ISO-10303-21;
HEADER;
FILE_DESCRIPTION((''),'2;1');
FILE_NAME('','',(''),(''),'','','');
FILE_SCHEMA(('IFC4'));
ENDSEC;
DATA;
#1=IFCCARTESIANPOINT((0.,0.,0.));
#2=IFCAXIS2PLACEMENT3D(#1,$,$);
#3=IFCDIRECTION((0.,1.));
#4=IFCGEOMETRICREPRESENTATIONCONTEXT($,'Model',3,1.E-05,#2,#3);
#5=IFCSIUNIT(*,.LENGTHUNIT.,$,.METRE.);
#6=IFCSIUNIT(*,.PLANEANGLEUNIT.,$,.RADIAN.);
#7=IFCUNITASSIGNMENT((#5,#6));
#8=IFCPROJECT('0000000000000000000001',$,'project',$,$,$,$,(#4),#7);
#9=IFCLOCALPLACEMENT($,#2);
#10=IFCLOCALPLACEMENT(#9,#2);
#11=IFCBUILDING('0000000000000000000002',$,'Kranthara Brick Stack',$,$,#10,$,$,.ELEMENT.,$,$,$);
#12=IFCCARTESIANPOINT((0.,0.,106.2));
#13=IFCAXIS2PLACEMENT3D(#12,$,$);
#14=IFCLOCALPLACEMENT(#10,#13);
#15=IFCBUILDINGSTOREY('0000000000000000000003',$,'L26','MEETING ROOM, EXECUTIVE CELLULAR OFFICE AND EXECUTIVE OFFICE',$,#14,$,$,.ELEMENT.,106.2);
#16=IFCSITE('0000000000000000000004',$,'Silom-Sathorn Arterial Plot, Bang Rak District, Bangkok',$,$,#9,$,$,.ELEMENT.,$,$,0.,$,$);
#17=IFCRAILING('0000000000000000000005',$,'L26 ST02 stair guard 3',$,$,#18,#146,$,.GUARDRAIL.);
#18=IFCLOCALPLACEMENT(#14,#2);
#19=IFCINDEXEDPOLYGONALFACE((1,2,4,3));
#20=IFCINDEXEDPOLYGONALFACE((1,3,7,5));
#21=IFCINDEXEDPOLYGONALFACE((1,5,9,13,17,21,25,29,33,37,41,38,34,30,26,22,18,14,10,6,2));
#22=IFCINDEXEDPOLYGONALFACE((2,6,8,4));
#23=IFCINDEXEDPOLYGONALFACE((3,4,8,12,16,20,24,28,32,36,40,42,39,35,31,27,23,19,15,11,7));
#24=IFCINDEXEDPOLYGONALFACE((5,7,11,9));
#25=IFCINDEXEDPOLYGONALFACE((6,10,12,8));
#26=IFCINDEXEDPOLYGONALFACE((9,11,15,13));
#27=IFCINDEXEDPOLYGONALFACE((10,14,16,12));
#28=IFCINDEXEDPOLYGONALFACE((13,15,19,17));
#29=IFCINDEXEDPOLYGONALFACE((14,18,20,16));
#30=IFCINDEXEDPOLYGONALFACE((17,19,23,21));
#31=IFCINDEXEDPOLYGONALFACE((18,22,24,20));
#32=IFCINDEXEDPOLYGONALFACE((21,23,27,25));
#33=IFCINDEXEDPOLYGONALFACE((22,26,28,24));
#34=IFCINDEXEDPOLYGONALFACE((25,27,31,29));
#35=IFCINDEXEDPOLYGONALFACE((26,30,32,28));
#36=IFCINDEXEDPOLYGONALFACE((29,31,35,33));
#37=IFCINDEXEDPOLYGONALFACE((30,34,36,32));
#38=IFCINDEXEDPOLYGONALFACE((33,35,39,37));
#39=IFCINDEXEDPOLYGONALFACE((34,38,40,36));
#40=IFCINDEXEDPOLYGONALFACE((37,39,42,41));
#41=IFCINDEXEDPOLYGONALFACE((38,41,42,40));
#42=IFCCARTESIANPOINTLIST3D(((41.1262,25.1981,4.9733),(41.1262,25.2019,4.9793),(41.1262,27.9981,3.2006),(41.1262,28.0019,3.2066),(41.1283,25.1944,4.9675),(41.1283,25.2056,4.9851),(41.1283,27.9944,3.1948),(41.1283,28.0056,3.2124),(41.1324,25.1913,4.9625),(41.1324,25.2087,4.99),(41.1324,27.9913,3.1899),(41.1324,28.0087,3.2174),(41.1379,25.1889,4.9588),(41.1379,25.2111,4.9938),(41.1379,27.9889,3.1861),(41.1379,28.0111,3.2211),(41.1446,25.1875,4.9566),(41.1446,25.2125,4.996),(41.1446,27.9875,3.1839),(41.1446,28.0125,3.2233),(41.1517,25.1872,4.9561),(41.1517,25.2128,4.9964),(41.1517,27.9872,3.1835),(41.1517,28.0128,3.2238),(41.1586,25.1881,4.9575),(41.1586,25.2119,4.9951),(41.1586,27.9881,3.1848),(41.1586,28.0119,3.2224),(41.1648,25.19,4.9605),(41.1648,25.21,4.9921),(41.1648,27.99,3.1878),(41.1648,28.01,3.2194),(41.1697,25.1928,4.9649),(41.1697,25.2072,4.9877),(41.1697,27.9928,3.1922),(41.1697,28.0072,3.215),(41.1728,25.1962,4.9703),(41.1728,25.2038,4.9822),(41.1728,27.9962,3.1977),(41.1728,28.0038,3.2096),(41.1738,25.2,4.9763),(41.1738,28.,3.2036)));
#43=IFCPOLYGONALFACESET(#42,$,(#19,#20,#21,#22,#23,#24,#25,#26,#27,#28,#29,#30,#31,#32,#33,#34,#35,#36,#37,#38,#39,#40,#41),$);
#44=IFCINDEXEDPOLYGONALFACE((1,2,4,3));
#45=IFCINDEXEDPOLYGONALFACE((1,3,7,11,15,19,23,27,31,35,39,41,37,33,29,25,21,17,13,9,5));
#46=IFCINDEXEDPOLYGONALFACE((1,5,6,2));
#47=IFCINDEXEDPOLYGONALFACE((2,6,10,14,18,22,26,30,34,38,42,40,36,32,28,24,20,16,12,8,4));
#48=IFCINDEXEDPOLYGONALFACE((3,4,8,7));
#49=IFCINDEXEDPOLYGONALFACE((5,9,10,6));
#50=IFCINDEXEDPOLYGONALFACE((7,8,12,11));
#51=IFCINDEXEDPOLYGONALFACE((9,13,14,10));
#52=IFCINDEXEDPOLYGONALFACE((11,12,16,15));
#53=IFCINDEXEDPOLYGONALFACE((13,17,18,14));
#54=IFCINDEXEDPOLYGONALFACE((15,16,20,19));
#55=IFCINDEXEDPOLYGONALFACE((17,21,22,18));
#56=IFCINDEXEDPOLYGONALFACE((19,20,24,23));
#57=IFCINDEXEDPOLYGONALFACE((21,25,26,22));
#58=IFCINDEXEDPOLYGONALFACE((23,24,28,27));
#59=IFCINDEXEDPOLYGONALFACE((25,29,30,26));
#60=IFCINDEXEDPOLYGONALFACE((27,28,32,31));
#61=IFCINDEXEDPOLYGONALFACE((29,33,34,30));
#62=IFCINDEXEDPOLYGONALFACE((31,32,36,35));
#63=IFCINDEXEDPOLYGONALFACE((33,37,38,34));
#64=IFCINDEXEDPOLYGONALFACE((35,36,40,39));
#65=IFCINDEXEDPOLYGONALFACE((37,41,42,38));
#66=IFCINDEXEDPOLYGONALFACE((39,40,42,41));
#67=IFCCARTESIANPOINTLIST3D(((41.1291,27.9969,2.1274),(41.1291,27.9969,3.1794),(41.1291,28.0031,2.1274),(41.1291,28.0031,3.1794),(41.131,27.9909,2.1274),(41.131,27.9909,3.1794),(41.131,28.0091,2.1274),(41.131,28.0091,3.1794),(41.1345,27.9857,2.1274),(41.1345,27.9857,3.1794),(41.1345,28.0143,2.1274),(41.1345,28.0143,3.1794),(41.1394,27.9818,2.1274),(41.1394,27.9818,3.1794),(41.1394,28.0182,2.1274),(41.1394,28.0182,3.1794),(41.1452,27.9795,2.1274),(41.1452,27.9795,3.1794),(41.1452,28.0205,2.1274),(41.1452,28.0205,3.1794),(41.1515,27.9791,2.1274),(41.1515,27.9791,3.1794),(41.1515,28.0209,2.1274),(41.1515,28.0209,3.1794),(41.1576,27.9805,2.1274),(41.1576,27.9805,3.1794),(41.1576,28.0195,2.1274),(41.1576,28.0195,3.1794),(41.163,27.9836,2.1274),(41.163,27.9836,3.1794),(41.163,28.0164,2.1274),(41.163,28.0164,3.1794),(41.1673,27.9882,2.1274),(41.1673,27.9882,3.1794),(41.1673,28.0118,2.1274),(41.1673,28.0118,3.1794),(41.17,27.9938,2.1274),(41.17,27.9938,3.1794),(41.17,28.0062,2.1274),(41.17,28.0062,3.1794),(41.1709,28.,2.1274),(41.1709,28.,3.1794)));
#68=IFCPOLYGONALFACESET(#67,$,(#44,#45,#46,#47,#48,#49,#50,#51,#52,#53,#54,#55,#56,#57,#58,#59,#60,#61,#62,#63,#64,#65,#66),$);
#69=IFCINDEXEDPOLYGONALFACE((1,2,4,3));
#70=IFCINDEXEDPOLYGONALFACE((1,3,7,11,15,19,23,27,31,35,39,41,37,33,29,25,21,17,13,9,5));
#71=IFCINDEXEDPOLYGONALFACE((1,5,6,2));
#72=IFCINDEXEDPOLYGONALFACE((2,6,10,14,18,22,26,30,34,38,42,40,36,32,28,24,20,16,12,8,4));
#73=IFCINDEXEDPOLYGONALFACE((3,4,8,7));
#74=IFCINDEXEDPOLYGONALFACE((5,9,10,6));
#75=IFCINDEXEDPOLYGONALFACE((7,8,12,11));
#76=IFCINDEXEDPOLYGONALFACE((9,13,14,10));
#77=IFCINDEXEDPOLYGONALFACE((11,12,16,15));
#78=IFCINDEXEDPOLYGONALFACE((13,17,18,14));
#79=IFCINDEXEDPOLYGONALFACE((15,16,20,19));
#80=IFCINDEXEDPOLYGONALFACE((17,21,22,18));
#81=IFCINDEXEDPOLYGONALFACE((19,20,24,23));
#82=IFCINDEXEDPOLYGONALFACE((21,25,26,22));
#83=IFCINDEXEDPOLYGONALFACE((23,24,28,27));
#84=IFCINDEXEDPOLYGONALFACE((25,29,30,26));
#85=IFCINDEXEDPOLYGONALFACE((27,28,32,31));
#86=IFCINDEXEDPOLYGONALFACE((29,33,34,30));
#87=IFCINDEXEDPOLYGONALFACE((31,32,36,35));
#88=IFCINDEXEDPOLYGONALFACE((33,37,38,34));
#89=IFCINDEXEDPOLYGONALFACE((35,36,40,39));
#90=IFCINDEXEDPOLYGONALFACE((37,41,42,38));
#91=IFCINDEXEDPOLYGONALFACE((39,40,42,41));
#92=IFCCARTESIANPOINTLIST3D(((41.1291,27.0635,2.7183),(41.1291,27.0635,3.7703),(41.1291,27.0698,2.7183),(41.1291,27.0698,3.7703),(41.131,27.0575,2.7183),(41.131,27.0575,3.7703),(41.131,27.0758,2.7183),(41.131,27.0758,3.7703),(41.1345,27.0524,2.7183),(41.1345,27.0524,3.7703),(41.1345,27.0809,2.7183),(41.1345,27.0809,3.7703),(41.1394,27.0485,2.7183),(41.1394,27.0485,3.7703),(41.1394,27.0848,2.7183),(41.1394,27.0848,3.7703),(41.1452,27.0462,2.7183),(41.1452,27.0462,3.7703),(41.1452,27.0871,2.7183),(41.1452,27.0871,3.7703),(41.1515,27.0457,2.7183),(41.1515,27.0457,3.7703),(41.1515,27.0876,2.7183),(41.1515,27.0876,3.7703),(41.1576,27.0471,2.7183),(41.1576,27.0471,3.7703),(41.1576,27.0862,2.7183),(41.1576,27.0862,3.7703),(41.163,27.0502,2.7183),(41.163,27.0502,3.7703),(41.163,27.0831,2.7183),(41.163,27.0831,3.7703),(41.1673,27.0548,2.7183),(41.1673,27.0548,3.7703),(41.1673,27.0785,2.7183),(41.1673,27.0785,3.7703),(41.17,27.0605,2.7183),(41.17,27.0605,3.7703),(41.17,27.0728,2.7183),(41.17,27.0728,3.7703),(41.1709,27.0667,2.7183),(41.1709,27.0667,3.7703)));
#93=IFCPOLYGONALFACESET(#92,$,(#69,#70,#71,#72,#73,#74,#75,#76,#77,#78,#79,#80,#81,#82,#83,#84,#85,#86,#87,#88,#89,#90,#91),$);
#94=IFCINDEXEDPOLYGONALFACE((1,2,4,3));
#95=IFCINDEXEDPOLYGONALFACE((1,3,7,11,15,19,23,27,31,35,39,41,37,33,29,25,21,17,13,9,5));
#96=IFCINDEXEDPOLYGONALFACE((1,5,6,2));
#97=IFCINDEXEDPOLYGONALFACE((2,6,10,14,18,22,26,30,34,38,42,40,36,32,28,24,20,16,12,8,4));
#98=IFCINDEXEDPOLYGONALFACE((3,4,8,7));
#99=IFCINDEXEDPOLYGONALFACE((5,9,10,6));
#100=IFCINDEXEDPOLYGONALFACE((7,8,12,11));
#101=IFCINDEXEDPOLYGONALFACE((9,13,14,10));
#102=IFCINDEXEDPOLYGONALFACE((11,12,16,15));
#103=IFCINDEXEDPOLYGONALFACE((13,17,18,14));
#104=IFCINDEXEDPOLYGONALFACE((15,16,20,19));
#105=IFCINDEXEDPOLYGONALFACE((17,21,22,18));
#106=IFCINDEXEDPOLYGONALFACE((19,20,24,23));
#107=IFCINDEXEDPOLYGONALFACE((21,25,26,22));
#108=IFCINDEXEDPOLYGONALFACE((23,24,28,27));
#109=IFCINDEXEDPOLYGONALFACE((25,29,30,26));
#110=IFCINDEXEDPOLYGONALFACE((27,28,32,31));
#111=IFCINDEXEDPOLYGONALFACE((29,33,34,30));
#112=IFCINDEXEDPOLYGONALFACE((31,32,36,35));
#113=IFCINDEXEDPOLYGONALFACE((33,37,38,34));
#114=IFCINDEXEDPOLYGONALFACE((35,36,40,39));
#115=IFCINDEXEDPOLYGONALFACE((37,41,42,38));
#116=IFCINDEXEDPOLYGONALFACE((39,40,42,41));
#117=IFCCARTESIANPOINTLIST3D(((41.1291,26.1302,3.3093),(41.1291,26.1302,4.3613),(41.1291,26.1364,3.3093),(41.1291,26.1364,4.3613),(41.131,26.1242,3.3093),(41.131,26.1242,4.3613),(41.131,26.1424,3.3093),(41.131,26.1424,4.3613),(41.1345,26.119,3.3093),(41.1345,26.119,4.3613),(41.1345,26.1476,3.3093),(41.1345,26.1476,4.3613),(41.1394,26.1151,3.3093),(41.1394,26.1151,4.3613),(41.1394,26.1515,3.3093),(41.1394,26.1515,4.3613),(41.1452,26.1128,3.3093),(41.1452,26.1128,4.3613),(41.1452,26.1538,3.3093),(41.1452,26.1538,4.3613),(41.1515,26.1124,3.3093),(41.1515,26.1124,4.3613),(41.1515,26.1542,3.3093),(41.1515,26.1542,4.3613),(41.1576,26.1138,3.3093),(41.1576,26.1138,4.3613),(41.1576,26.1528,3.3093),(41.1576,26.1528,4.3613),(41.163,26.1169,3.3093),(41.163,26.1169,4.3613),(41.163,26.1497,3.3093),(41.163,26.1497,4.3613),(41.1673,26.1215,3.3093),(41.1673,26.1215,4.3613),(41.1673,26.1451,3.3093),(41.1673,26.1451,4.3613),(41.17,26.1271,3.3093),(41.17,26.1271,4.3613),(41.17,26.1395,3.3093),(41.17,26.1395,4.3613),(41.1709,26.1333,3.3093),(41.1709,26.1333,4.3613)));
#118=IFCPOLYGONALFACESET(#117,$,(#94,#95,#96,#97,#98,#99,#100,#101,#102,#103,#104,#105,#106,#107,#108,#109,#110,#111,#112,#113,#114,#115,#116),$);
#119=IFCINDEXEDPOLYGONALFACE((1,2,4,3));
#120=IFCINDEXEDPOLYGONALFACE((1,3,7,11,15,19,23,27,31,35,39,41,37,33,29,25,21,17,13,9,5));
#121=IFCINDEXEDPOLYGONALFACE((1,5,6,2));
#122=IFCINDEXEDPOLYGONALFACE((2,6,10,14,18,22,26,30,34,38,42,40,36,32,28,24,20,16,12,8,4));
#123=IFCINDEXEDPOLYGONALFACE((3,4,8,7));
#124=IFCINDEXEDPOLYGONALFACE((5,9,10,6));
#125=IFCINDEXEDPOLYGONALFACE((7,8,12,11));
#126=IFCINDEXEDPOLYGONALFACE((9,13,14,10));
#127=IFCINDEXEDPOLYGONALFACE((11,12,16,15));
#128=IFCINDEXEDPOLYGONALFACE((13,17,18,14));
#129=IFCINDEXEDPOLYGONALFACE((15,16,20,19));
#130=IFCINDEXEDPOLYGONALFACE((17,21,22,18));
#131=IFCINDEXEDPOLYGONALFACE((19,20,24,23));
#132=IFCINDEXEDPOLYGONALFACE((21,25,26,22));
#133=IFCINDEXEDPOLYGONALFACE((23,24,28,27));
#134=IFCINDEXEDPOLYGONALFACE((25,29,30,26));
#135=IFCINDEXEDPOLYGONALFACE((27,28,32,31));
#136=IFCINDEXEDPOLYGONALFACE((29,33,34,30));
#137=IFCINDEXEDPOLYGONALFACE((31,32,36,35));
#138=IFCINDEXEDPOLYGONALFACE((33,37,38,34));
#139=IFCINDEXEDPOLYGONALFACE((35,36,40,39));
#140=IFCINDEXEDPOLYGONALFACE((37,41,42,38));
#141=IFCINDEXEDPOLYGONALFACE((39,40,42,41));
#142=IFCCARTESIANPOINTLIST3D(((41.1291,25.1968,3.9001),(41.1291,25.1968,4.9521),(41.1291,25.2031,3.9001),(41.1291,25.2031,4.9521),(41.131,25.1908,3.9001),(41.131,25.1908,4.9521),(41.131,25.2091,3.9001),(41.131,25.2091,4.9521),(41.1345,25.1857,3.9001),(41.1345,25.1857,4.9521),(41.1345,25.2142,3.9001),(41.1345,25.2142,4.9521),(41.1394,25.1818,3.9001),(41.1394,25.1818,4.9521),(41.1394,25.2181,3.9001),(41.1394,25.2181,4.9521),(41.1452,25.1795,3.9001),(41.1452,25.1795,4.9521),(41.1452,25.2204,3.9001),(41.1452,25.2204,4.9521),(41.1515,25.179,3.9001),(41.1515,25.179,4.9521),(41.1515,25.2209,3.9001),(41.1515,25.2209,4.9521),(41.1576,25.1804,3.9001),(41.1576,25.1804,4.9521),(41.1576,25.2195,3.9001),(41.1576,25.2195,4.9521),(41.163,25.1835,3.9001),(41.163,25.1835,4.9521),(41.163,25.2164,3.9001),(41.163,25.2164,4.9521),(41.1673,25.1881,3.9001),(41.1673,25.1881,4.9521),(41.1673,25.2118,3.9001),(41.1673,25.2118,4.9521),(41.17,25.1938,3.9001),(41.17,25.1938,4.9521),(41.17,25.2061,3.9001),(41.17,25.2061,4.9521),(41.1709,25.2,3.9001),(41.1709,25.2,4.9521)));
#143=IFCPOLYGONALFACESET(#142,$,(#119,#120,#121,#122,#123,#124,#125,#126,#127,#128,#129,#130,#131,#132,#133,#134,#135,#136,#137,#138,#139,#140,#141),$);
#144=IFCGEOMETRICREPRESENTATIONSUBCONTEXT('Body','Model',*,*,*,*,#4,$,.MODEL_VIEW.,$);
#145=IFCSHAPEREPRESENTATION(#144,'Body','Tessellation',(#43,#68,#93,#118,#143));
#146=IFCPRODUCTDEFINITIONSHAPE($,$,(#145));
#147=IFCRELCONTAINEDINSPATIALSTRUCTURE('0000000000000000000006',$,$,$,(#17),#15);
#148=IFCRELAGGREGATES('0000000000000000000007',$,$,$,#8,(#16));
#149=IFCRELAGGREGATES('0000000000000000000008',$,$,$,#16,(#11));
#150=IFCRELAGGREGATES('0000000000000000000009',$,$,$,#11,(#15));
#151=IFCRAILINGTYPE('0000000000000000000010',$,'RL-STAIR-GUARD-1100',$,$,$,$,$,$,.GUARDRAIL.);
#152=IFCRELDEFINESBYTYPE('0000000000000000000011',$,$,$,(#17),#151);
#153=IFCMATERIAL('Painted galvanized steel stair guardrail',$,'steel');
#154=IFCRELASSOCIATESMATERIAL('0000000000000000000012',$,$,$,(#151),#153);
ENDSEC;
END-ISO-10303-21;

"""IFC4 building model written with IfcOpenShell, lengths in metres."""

from ifc_helpers import new_model, si_unit, direction, frame, origin, origin_2d, place, context, subcontext, project, spatial, circle, extrude, material, type_object, element, save


model = new_model("IFC4")

# Units and contexts
model_context = context("Model", 3, precision=1e-05, world=origin(), true_north=direction((0.0, 1.0)))
body_context = subcontext(model_context, "Body", "Model", "MODEL_VIEW")
ifc_project = project(units=[si_unit("LENGTHUNIT", "METRE"), si_unit("PLANEANGLEUNIT", "RADIAN")], contexts=[model_context])

# Site, building, storey
site_placement = place(None, origin())
site = spatial("IfcSite", under=ifc_project, at=site_placement, Name="Silom-Sathorn Arterial Plot, Bang Rak District, Bangkok", CompositionType="ELEMENT", RefElevation=0.0)
building_placement = place(site_placement, origin())
building = spatial("IfcBuilding", under=site, at=building_placement, Name="Kranthara Brick Stack", CompositionType="ELEMENT")
storey_placement = place(building_placement, frame((0.0, 0.0, 106.2)))
storey = spatial("IfcBuildingStorey", under=building, at=storey_placement, Name="L26", Description="MEETING ROOM, EXECUTIVE CELLULAR OFFICE AND EXECUTIVE OFFICE", CompositionType="ELEMENT", Elevation=106.2)

# Railing
ifc_material_1 = material(Name="Painted galvanized steel stair guardrail", Category="steel")
railing_type_1 = type_object("IfcRailingType", Name="RL-STAIR-GUARD-1100", PredefinedType="GUARDRAIL", material=ifc_material_1)
railing_1_placement = place(storey_placement, frame((41.1499, 28.0, 2.1274)))
element("IfcRailing", 1, at=railing_1_placement, inside=storey, type_object=railing_type_1, Name="L26 ST02 stair guard 3", PredefinedType="GUARDRAIL", context=body_context, shape_type="SweptSolid", body=[
    extrude(circle(Radius=0.0239, at=origin_2d()), frame((0.0, 0.0, 1.0762), z_axis=(0.0, -0.844909, 0.53491), x_axis=(1.0, 0.0, 0.0)), (0.0, 0.0, 1.0), 3.314),
    extrude(circle(Radius=0.021, at=origin_2d()), origin(), (0.0, 0.0, 1.0), 1.052),
    extrude(circle(Radius=0.021, at=origin_2d()), frame((0.0, -0.9333, 0.5908)), (0.0, 0.0, 1.0), 1.052),
    extrude(circle(Radius=0.021, at=origin_2d()), frame((0.0, -1.8667, 1.1819)), (0.0, 0.0, 1.0), 1.052),
    extrude(circle(Radius=0.021, at=origin_2d()), frame((0.0, -2.8, 1.7727)), (0.0, 0.0, 1.0), 1.052),
])

save(model, "model.ifc")
